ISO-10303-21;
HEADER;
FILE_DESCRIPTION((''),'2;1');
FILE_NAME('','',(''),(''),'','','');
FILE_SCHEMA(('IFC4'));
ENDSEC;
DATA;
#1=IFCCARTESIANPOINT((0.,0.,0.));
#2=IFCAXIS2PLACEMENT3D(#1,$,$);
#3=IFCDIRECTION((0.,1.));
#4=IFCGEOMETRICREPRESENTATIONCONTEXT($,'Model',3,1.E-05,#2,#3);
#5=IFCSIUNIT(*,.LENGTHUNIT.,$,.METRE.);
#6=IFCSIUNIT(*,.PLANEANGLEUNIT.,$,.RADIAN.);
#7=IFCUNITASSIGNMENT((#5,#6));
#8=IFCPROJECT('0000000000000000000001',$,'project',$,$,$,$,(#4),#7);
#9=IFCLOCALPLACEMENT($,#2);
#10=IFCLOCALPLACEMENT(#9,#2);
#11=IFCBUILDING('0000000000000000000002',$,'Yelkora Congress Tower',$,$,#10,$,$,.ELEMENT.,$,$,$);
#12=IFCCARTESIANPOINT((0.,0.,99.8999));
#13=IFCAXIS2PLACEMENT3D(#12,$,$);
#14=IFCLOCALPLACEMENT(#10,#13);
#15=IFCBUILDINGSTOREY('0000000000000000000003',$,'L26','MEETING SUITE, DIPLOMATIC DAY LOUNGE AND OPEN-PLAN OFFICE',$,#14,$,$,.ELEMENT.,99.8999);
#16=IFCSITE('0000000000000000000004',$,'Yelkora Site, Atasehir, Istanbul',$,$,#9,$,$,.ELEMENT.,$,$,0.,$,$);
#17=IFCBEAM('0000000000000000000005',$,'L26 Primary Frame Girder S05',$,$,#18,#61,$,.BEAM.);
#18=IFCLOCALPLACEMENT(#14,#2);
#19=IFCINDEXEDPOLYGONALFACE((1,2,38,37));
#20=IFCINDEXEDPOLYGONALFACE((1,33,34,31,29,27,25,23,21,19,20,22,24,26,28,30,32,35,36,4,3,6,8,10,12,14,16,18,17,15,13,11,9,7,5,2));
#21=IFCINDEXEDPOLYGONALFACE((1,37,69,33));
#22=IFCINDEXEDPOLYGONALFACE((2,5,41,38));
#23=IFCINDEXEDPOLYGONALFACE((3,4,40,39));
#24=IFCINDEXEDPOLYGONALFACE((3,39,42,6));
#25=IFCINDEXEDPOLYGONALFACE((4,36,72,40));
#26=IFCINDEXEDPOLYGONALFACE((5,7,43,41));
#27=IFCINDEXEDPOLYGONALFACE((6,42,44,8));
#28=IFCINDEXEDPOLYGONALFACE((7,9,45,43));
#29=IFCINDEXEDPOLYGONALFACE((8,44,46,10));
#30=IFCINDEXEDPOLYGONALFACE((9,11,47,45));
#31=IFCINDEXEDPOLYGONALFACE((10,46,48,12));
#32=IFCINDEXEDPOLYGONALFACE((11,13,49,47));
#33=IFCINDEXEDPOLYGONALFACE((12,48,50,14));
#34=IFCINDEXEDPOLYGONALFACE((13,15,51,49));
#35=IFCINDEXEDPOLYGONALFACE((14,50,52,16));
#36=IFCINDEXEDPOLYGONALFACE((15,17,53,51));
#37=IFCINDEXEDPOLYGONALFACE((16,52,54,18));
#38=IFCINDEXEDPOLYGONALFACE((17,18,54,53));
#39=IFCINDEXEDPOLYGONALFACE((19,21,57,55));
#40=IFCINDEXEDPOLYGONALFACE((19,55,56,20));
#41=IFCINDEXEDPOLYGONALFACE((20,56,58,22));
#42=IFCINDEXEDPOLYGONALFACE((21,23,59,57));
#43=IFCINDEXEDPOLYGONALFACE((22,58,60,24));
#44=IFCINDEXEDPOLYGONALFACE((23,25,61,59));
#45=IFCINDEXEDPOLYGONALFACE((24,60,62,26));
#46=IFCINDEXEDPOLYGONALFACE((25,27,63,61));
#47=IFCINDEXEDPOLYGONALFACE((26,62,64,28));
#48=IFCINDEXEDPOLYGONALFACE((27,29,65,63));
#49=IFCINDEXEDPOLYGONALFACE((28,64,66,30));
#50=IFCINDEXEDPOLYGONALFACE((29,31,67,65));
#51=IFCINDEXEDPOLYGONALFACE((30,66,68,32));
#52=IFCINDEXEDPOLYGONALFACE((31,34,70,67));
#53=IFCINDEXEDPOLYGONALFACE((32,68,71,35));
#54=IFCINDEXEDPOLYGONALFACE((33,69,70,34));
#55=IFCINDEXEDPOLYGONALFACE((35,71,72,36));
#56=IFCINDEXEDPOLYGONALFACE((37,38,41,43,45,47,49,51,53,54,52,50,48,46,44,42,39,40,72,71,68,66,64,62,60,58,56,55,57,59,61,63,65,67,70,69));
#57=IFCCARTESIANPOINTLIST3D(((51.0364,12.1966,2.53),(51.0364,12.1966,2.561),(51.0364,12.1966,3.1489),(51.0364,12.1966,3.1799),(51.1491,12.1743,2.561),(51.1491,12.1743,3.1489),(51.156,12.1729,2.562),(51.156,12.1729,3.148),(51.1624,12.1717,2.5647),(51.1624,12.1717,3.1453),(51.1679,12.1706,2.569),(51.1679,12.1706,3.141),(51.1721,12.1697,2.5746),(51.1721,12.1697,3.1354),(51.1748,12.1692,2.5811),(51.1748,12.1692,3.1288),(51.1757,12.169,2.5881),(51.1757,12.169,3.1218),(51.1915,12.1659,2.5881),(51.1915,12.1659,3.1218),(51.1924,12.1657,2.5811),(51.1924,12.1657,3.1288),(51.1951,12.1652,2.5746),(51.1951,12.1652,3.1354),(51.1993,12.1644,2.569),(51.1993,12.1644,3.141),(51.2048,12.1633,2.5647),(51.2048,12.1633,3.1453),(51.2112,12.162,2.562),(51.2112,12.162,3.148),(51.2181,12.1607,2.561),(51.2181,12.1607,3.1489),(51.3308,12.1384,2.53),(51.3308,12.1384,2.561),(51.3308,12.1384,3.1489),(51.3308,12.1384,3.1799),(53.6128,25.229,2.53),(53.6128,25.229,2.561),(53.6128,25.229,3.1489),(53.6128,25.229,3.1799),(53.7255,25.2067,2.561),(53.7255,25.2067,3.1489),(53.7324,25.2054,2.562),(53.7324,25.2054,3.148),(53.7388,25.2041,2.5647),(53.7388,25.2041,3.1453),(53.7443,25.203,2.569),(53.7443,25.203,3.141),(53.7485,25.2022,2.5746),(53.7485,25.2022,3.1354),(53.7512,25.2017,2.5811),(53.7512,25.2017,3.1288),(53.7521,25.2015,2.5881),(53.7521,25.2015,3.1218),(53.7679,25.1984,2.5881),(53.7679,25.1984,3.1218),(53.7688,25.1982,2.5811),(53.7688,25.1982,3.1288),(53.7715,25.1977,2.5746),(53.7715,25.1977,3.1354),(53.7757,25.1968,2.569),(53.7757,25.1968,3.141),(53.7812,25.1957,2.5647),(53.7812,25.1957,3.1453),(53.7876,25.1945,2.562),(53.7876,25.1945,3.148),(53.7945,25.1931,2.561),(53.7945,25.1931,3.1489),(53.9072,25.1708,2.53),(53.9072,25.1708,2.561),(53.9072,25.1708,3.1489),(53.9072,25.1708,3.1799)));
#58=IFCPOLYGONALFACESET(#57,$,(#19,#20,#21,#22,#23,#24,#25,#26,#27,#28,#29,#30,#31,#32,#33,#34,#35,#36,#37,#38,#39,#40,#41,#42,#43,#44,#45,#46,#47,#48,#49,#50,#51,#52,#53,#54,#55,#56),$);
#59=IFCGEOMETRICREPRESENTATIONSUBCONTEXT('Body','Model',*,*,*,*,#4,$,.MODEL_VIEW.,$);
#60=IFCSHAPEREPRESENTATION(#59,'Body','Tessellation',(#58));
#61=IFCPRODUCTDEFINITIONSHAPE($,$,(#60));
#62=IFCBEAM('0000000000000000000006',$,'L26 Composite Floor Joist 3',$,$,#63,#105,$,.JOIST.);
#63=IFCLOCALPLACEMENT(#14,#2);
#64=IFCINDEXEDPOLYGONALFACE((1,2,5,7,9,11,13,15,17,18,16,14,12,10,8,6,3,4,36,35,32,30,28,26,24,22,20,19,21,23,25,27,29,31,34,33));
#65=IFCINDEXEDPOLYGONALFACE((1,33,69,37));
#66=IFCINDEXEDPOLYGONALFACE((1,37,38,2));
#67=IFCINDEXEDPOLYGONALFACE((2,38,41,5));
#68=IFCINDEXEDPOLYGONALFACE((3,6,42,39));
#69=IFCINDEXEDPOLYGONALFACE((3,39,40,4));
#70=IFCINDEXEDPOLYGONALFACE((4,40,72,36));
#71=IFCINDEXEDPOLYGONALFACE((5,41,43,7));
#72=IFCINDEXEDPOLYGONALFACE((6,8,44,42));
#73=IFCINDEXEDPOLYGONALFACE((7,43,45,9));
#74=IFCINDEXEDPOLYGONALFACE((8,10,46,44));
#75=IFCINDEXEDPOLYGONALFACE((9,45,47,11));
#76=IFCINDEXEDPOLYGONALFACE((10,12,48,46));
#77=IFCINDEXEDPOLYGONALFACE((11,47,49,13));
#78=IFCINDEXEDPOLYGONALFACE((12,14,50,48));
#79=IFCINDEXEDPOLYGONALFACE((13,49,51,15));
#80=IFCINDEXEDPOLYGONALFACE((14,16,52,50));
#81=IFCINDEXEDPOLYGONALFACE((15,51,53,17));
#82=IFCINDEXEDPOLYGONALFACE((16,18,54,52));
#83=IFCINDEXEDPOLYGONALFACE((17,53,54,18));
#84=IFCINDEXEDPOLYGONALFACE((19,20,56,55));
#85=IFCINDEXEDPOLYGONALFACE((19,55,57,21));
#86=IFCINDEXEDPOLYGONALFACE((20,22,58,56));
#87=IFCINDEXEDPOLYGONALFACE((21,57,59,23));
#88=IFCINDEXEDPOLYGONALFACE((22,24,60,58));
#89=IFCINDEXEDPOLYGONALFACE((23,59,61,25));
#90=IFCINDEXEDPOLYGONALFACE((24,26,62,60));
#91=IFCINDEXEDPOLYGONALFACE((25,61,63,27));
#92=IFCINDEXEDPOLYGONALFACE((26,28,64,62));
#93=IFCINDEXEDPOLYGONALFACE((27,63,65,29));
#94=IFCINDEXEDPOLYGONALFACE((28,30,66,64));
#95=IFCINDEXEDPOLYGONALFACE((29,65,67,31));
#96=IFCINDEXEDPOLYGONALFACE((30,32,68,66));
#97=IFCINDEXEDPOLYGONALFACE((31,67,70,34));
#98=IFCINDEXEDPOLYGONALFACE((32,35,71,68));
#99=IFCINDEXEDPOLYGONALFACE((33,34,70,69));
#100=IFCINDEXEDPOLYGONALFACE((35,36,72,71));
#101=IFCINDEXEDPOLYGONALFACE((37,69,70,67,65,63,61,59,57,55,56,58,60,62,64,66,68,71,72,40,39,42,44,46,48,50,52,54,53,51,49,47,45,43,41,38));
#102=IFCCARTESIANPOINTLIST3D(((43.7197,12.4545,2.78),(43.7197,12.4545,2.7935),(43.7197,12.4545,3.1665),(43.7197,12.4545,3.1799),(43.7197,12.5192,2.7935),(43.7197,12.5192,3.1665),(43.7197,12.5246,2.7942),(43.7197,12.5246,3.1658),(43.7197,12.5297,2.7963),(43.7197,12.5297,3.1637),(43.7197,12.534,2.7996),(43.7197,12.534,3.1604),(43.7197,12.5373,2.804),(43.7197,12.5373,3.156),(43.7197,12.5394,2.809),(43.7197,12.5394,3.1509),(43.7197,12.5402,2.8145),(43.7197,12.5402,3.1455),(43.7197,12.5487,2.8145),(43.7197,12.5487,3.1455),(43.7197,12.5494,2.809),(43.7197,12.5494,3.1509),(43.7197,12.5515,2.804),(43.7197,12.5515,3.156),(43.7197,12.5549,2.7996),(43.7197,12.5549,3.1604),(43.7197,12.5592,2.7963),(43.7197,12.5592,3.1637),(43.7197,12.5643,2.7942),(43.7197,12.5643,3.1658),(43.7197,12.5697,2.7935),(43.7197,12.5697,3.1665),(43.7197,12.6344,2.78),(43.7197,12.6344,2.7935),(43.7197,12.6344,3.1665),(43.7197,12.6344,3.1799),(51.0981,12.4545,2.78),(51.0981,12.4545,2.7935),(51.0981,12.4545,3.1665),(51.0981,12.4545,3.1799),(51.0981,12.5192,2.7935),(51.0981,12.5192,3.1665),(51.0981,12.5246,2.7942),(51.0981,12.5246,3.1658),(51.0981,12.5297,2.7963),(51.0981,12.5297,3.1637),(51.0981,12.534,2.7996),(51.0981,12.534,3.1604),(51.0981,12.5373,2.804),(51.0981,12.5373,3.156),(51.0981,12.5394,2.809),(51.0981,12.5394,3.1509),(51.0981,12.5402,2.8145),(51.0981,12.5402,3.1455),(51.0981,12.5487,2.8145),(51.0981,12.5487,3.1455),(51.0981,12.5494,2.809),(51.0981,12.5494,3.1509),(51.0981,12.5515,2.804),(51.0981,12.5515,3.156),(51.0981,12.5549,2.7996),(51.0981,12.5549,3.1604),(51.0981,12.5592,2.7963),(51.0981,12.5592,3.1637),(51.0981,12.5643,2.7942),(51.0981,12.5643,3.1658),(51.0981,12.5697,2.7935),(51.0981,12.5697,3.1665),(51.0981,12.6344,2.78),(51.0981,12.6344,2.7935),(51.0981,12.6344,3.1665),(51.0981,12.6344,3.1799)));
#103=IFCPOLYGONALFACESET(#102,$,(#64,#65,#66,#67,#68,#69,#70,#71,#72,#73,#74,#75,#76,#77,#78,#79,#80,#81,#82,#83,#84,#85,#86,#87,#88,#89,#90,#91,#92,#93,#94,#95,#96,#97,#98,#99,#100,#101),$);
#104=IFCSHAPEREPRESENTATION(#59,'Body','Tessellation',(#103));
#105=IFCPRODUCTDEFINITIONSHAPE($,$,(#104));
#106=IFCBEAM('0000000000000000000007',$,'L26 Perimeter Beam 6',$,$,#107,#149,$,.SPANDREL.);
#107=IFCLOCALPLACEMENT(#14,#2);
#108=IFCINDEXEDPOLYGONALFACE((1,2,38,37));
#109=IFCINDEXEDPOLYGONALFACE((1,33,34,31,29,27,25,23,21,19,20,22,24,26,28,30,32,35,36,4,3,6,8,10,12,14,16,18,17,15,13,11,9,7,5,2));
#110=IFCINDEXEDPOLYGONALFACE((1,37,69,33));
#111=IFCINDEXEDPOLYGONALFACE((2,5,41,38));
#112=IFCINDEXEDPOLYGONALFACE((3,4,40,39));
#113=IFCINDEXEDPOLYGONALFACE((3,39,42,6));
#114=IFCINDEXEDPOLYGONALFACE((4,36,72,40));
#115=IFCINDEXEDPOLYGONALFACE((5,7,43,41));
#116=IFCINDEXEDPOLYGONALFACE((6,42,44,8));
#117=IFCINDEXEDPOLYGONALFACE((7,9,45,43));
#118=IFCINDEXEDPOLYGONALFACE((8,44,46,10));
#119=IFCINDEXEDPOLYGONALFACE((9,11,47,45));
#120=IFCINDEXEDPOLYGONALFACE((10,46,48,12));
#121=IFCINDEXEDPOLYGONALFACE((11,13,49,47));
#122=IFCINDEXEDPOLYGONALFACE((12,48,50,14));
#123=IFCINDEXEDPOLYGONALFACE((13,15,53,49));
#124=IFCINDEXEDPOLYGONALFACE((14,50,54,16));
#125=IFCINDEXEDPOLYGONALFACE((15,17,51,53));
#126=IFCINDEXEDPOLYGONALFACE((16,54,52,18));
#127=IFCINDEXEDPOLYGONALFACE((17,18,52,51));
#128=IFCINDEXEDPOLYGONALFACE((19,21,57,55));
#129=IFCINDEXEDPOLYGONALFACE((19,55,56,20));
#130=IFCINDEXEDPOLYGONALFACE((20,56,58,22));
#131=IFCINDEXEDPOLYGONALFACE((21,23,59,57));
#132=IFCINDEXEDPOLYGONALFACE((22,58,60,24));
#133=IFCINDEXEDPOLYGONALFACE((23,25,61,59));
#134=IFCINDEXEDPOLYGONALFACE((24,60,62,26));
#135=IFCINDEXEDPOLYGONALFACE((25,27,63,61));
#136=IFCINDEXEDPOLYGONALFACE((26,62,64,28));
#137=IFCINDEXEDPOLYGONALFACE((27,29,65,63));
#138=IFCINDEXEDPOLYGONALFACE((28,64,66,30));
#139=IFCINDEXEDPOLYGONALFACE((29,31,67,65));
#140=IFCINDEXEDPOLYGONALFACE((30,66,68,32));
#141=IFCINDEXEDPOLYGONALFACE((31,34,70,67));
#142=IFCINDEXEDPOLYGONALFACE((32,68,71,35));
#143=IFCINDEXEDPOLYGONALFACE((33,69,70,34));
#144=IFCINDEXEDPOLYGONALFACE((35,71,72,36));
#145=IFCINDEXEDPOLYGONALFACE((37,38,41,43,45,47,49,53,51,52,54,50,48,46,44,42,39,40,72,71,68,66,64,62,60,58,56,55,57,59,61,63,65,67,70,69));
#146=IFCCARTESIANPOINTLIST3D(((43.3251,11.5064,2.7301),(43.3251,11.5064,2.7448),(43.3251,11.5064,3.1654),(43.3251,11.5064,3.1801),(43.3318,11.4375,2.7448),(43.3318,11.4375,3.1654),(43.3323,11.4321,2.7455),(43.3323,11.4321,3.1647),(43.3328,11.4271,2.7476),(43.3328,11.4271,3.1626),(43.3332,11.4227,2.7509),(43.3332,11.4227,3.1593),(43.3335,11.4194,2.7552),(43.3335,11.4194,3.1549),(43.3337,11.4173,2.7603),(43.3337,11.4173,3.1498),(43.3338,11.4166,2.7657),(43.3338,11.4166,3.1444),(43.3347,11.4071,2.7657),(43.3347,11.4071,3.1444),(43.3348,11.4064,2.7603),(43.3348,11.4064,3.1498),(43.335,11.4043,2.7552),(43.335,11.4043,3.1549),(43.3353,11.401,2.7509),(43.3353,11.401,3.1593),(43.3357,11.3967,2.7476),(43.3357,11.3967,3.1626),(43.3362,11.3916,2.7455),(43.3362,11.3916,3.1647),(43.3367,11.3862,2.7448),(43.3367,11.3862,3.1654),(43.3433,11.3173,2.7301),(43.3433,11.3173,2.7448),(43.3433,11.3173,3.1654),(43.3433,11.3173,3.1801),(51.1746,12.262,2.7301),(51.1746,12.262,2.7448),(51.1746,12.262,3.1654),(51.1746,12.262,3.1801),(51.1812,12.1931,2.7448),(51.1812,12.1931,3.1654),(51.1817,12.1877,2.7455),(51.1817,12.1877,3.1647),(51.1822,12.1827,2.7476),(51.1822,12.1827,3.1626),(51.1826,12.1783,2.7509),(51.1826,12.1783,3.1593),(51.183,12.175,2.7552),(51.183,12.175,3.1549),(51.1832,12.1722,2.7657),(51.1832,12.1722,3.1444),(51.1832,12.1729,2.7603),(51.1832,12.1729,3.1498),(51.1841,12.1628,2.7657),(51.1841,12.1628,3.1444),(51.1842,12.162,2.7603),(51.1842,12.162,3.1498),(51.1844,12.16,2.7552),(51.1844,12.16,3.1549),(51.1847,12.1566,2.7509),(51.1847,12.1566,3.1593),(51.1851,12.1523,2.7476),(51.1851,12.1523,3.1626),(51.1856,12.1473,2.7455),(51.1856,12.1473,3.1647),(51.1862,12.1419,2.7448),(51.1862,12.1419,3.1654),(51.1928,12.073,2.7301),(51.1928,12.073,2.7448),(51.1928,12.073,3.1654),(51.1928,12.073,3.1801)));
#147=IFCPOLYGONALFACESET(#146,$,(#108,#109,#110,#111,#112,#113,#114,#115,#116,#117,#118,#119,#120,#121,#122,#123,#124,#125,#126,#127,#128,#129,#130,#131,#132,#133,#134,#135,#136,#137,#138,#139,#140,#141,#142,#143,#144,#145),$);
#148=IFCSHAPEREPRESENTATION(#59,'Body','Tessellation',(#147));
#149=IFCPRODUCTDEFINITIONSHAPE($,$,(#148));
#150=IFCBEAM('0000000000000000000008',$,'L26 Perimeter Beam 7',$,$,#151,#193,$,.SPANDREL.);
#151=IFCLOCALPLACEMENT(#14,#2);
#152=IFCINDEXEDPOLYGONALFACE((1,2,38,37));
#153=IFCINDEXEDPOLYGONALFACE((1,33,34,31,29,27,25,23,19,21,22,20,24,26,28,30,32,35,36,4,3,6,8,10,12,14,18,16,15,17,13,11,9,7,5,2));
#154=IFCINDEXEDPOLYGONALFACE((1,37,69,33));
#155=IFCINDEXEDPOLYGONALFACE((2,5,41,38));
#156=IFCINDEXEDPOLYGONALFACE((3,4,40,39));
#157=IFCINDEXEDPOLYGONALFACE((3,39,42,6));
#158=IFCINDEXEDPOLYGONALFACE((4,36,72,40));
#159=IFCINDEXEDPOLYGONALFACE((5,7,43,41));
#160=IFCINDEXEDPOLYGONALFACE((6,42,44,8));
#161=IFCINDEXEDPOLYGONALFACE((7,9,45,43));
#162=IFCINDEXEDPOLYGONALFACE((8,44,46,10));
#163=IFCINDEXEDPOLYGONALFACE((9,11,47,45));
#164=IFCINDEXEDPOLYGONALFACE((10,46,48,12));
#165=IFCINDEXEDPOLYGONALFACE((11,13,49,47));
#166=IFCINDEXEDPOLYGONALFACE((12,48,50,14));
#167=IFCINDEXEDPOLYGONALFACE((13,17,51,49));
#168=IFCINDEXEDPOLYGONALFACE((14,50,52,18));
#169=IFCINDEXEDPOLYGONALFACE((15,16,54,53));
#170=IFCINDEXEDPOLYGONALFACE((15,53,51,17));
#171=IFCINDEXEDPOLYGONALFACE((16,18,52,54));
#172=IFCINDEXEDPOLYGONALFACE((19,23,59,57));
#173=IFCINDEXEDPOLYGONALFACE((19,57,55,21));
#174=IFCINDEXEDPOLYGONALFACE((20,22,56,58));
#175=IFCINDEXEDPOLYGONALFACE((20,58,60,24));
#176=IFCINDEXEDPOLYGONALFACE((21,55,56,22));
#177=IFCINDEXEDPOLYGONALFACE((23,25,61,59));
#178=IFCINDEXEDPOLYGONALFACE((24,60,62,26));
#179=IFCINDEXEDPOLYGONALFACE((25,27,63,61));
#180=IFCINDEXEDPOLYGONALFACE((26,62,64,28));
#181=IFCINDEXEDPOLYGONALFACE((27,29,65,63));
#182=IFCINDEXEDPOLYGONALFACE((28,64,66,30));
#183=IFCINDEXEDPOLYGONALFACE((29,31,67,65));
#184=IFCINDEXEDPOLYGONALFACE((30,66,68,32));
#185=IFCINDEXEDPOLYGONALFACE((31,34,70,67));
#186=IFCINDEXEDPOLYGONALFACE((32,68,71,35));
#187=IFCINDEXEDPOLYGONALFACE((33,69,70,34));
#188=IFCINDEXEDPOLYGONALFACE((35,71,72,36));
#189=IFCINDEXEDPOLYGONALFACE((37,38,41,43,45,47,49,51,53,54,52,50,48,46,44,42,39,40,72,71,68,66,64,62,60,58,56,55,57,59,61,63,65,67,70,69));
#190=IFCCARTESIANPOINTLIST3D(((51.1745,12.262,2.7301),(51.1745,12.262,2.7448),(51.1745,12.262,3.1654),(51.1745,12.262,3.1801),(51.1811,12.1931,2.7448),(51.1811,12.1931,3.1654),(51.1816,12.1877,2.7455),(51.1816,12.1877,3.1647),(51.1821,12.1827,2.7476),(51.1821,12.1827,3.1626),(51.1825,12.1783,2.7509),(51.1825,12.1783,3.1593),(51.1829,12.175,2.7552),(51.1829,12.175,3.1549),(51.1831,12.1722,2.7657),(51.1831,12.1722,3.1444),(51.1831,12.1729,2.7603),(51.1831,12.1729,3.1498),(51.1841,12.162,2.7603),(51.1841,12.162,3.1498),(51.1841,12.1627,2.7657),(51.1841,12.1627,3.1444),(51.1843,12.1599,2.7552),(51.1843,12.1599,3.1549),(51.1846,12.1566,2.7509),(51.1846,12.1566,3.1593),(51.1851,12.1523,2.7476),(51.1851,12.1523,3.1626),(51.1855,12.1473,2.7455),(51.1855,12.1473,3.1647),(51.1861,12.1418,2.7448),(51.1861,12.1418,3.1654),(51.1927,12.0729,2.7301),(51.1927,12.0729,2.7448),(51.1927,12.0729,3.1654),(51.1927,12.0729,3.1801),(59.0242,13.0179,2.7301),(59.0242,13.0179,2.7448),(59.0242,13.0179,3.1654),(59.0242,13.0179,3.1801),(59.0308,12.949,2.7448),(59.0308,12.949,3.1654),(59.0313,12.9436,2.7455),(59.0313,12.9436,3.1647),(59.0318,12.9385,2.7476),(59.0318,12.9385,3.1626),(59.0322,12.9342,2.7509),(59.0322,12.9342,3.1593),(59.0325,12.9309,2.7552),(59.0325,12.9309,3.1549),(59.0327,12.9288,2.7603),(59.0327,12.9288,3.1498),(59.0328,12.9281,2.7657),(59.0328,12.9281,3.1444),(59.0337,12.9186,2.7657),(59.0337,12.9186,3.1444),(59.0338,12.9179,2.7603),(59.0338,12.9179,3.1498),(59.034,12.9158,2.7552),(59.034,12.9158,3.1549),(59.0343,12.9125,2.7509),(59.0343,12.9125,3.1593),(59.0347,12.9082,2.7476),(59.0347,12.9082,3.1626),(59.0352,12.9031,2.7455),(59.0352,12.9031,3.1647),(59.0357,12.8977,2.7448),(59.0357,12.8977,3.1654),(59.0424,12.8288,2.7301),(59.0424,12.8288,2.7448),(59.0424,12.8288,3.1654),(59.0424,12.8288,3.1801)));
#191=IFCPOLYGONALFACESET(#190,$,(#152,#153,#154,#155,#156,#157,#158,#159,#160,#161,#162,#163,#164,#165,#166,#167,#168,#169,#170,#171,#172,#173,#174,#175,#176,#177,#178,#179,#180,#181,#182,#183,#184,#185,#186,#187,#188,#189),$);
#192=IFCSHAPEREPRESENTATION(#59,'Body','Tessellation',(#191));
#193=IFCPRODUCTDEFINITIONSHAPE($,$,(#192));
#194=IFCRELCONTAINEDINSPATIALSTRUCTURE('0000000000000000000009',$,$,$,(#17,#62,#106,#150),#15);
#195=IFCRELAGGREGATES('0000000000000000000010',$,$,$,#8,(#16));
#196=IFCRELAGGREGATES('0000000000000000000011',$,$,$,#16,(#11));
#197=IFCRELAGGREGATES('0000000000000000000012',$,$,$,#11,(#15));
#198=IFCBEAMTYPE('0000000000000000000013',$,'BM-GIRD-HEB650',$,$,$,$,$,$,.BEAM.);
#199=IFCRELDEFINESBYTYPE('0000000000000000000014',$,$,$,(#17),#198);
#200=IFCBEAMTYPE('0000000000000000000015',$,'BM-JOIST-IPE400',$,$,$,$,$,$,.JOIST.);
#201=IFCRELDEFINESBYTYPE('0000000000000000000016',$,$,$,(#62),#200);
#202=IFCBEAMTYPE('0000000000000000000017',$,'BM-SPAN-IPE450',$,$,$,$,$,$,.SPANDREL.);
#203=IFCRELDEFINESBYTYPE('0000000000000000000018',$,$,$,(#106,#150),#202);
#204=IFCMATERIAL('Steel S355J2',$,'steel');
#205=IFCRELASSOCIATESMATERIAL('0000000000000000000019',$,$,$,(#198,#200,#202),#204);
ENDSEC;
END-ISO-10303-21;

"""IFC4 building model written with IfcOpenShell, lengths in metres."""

from ifc_helpers import new_model, si_unit, direction, frame, origin, origin_2d, place, context, subcontext, project, spatial, i_section, extrude, material, material_profile, profile_set, type_object, element, save


model = new_model("IFC4")

# Units and contexts
model_context = context("Model", 3, precision=1e-05, world=origin(), true_north=direction((0.0, 1.0)))
body_context = subcontext(model_context, "Body", "Model", "MODEL_VIEW")
ifc_project = project(units=[si_unit("LENGTHUNIT", "METRE"), si_unit("PLANEANGLEUNIT", "RADIAN")], contexts=[model_context])

# Site, building, storey
site_placement = place(None, origin())
site = spatial("IfcSite", under=ifc_project, at=site_placement, Name="Yelkora Site, Atasehir, Istanbul", CompositionType="ELEMENT", RefElevation=0.0)
building_placement = place(site_placement, origin())
building = spatial("IfcBuilding", under=site, at=building_placement, Name="Yelkora Congress Tower", CompositionType="ELEMENT")
storey_placement = place(building_placement, frame((0.0, 0.0, 99.8999)))
storey = spatial("IfcBuildingStorey", under=building, at=storey_placement, Name="L26", Description="MEETING SUITE, DIPLOMATIC DAY LOUNGE AND OPEN-PLAN OFFICE", CompositionType="ELEMENT", Elevation=99.8999)

# Beams
ifc_material_1 = material(Name="Steel S355J2", Category="steel")
ifc_material_profile_1 = material_profile(ifc_material_1, i_section(OverallWidth=0.3, OverallDepth=0.6499, WebThickness=0.0161, FlangeThickness=0.031, FilletRadius=0.0271, at=origin_2d()), Name="HEB 650")
ifc_profile_set_1 = profile_set([ifc_material_profile_1], Name="Steel S355J2")
beam_type_1 = type_object("IfcBeamType", Name="BM-GIRD-HEB650", PredefinedType="BEAM", material=ifc_profile_set_1)
beam_1_placement = place(storey_placement, frame((51.1836, 12.1675, 2.855), z_axis=(0.193939, 0.981014, 0.0), x_axis=(-0.981014, 0.193939, 0.0)))
element("IfcBeam", 1, at=beam_1_placement, inside=storey, type_object=beam_type_1, Name="L26 Primary Frame Girder S05", PredefinedType="BEAM", context=body_context, shape_type="SweptSolid", body=[
    extrude(i_section(OverallWidth=0.3, OverallDepth=0.6499, WebThickness=0.0161, FlangeThickness=0.031, FilletRadius=0.0271, at=origin_2d()), origin(), (0.0, 0.0, 1.0), 13.2847),
])
ifc_material_profile_2 = material_profile(ifc_material_1, i_section(OverallWidth=0.1799, OverallDepth=0.3999, WebThickness=0.0085, FlangeThickness=0.0134, FilletRadius=0.021, at=origin_2d()), Name="IPE 400")
ifc_profile_set_2 = profile_set([ifc_material_profile_2], Name="Steel S355J2")
beam_type_2 = type_object("IfcBeamType", Name="BM-JOIST-IPE400", PredefinedType="JOIST", material=ifc_profile_set_2)
beam_2_placement = place(storey_placement, frame((43.7197, 12.5444, 2.98), z_axis=(1.0, 0.0, 0.0), x_axis=(0.0, 1.0, 0.0)))
element("IfcBeam", 2, at=beam_2_placement, inside=storey, type_object=beam_type_2, Name="L26 Composite Floor Joist 3", PredefinedType="JOIST", context=body_context, shape_type="SweptSolid", body=[
    extrude(i_section(OverallWidth=0.1799, OverallDepth=0.3999, WebThickness=0.0085, FlangeThickness=0.0134, FilletRadius=0.021, at=origin_2d()), origin(), (0.0, 0.0, 1.0), 7.3784),
])
ifc_material_profile_3 = material_profile(ifc_material_1, i_section(OverallWidth=0.1899, OverallDepth=0.45, WebThickness=0.0095, FlangeThickness=0.0146, FilletRadius=0.021, at=origin_2d()), Name="IPE 450")
ifc_profile_set_3 = profile_set([ifc_material_profile_3], Name="Steel S355J2")
beam_type_3 = type_object("IfcBeamType", Name="BM-SPAN-IPE450", PredefinedType="SPANDREL", material=ifc_profile_set_3)
beam_3_placement = place(storey_placement, frame((43.3342, 11.4119, 2.9551), z_axis=(0.995399, 0.095822, 0.0), x_axis=(-0.095822, 0.995399, 0.0)))
element("IfcBeam", 3, at=beam_3_placement, inside=storey, type_object=beam_type_3, Name="L26 Perimeter Beam 6", PredefinedType="SPANDREL", context=body_context, shape_type="SweptSolid", body=[
    extrude(i_section(OverallWidth=0.1899, OverallDepth=0.45, WebThickness=0.0095, FlangeThickness=0.0146, FilletRadius=0.021, at=origin_2d()), origin(), (0.0, 0.0, 1.0), 7.8857),
])
beam_4_placement = place(storey_placement, frame((51.1836, 12.1675, 2.9551), z_axis=(0.995396, 0.095849, 0.0), x_axis=(-0.095849, 0.995396, 0.0)))
element("IfcBeam", 4, at=beam_4_placement, inside=storey, type_object=beam_type_3, Name="L26 Perimeter Beam 7", PredefinedType="SPANDREL", context=body_context, shape_type="SweptSolid", body=[
    extrude(i_section(OverallWidth=0.1899, OverallDepth=0.45, WebThickness=0.0095, FlangeThickness=0.0146, FilletRadius=0.021, at=origin_2d()), origin(), (0.0, 0.0, 1.0), 7.886),
])

save(model, "model.ifc")
